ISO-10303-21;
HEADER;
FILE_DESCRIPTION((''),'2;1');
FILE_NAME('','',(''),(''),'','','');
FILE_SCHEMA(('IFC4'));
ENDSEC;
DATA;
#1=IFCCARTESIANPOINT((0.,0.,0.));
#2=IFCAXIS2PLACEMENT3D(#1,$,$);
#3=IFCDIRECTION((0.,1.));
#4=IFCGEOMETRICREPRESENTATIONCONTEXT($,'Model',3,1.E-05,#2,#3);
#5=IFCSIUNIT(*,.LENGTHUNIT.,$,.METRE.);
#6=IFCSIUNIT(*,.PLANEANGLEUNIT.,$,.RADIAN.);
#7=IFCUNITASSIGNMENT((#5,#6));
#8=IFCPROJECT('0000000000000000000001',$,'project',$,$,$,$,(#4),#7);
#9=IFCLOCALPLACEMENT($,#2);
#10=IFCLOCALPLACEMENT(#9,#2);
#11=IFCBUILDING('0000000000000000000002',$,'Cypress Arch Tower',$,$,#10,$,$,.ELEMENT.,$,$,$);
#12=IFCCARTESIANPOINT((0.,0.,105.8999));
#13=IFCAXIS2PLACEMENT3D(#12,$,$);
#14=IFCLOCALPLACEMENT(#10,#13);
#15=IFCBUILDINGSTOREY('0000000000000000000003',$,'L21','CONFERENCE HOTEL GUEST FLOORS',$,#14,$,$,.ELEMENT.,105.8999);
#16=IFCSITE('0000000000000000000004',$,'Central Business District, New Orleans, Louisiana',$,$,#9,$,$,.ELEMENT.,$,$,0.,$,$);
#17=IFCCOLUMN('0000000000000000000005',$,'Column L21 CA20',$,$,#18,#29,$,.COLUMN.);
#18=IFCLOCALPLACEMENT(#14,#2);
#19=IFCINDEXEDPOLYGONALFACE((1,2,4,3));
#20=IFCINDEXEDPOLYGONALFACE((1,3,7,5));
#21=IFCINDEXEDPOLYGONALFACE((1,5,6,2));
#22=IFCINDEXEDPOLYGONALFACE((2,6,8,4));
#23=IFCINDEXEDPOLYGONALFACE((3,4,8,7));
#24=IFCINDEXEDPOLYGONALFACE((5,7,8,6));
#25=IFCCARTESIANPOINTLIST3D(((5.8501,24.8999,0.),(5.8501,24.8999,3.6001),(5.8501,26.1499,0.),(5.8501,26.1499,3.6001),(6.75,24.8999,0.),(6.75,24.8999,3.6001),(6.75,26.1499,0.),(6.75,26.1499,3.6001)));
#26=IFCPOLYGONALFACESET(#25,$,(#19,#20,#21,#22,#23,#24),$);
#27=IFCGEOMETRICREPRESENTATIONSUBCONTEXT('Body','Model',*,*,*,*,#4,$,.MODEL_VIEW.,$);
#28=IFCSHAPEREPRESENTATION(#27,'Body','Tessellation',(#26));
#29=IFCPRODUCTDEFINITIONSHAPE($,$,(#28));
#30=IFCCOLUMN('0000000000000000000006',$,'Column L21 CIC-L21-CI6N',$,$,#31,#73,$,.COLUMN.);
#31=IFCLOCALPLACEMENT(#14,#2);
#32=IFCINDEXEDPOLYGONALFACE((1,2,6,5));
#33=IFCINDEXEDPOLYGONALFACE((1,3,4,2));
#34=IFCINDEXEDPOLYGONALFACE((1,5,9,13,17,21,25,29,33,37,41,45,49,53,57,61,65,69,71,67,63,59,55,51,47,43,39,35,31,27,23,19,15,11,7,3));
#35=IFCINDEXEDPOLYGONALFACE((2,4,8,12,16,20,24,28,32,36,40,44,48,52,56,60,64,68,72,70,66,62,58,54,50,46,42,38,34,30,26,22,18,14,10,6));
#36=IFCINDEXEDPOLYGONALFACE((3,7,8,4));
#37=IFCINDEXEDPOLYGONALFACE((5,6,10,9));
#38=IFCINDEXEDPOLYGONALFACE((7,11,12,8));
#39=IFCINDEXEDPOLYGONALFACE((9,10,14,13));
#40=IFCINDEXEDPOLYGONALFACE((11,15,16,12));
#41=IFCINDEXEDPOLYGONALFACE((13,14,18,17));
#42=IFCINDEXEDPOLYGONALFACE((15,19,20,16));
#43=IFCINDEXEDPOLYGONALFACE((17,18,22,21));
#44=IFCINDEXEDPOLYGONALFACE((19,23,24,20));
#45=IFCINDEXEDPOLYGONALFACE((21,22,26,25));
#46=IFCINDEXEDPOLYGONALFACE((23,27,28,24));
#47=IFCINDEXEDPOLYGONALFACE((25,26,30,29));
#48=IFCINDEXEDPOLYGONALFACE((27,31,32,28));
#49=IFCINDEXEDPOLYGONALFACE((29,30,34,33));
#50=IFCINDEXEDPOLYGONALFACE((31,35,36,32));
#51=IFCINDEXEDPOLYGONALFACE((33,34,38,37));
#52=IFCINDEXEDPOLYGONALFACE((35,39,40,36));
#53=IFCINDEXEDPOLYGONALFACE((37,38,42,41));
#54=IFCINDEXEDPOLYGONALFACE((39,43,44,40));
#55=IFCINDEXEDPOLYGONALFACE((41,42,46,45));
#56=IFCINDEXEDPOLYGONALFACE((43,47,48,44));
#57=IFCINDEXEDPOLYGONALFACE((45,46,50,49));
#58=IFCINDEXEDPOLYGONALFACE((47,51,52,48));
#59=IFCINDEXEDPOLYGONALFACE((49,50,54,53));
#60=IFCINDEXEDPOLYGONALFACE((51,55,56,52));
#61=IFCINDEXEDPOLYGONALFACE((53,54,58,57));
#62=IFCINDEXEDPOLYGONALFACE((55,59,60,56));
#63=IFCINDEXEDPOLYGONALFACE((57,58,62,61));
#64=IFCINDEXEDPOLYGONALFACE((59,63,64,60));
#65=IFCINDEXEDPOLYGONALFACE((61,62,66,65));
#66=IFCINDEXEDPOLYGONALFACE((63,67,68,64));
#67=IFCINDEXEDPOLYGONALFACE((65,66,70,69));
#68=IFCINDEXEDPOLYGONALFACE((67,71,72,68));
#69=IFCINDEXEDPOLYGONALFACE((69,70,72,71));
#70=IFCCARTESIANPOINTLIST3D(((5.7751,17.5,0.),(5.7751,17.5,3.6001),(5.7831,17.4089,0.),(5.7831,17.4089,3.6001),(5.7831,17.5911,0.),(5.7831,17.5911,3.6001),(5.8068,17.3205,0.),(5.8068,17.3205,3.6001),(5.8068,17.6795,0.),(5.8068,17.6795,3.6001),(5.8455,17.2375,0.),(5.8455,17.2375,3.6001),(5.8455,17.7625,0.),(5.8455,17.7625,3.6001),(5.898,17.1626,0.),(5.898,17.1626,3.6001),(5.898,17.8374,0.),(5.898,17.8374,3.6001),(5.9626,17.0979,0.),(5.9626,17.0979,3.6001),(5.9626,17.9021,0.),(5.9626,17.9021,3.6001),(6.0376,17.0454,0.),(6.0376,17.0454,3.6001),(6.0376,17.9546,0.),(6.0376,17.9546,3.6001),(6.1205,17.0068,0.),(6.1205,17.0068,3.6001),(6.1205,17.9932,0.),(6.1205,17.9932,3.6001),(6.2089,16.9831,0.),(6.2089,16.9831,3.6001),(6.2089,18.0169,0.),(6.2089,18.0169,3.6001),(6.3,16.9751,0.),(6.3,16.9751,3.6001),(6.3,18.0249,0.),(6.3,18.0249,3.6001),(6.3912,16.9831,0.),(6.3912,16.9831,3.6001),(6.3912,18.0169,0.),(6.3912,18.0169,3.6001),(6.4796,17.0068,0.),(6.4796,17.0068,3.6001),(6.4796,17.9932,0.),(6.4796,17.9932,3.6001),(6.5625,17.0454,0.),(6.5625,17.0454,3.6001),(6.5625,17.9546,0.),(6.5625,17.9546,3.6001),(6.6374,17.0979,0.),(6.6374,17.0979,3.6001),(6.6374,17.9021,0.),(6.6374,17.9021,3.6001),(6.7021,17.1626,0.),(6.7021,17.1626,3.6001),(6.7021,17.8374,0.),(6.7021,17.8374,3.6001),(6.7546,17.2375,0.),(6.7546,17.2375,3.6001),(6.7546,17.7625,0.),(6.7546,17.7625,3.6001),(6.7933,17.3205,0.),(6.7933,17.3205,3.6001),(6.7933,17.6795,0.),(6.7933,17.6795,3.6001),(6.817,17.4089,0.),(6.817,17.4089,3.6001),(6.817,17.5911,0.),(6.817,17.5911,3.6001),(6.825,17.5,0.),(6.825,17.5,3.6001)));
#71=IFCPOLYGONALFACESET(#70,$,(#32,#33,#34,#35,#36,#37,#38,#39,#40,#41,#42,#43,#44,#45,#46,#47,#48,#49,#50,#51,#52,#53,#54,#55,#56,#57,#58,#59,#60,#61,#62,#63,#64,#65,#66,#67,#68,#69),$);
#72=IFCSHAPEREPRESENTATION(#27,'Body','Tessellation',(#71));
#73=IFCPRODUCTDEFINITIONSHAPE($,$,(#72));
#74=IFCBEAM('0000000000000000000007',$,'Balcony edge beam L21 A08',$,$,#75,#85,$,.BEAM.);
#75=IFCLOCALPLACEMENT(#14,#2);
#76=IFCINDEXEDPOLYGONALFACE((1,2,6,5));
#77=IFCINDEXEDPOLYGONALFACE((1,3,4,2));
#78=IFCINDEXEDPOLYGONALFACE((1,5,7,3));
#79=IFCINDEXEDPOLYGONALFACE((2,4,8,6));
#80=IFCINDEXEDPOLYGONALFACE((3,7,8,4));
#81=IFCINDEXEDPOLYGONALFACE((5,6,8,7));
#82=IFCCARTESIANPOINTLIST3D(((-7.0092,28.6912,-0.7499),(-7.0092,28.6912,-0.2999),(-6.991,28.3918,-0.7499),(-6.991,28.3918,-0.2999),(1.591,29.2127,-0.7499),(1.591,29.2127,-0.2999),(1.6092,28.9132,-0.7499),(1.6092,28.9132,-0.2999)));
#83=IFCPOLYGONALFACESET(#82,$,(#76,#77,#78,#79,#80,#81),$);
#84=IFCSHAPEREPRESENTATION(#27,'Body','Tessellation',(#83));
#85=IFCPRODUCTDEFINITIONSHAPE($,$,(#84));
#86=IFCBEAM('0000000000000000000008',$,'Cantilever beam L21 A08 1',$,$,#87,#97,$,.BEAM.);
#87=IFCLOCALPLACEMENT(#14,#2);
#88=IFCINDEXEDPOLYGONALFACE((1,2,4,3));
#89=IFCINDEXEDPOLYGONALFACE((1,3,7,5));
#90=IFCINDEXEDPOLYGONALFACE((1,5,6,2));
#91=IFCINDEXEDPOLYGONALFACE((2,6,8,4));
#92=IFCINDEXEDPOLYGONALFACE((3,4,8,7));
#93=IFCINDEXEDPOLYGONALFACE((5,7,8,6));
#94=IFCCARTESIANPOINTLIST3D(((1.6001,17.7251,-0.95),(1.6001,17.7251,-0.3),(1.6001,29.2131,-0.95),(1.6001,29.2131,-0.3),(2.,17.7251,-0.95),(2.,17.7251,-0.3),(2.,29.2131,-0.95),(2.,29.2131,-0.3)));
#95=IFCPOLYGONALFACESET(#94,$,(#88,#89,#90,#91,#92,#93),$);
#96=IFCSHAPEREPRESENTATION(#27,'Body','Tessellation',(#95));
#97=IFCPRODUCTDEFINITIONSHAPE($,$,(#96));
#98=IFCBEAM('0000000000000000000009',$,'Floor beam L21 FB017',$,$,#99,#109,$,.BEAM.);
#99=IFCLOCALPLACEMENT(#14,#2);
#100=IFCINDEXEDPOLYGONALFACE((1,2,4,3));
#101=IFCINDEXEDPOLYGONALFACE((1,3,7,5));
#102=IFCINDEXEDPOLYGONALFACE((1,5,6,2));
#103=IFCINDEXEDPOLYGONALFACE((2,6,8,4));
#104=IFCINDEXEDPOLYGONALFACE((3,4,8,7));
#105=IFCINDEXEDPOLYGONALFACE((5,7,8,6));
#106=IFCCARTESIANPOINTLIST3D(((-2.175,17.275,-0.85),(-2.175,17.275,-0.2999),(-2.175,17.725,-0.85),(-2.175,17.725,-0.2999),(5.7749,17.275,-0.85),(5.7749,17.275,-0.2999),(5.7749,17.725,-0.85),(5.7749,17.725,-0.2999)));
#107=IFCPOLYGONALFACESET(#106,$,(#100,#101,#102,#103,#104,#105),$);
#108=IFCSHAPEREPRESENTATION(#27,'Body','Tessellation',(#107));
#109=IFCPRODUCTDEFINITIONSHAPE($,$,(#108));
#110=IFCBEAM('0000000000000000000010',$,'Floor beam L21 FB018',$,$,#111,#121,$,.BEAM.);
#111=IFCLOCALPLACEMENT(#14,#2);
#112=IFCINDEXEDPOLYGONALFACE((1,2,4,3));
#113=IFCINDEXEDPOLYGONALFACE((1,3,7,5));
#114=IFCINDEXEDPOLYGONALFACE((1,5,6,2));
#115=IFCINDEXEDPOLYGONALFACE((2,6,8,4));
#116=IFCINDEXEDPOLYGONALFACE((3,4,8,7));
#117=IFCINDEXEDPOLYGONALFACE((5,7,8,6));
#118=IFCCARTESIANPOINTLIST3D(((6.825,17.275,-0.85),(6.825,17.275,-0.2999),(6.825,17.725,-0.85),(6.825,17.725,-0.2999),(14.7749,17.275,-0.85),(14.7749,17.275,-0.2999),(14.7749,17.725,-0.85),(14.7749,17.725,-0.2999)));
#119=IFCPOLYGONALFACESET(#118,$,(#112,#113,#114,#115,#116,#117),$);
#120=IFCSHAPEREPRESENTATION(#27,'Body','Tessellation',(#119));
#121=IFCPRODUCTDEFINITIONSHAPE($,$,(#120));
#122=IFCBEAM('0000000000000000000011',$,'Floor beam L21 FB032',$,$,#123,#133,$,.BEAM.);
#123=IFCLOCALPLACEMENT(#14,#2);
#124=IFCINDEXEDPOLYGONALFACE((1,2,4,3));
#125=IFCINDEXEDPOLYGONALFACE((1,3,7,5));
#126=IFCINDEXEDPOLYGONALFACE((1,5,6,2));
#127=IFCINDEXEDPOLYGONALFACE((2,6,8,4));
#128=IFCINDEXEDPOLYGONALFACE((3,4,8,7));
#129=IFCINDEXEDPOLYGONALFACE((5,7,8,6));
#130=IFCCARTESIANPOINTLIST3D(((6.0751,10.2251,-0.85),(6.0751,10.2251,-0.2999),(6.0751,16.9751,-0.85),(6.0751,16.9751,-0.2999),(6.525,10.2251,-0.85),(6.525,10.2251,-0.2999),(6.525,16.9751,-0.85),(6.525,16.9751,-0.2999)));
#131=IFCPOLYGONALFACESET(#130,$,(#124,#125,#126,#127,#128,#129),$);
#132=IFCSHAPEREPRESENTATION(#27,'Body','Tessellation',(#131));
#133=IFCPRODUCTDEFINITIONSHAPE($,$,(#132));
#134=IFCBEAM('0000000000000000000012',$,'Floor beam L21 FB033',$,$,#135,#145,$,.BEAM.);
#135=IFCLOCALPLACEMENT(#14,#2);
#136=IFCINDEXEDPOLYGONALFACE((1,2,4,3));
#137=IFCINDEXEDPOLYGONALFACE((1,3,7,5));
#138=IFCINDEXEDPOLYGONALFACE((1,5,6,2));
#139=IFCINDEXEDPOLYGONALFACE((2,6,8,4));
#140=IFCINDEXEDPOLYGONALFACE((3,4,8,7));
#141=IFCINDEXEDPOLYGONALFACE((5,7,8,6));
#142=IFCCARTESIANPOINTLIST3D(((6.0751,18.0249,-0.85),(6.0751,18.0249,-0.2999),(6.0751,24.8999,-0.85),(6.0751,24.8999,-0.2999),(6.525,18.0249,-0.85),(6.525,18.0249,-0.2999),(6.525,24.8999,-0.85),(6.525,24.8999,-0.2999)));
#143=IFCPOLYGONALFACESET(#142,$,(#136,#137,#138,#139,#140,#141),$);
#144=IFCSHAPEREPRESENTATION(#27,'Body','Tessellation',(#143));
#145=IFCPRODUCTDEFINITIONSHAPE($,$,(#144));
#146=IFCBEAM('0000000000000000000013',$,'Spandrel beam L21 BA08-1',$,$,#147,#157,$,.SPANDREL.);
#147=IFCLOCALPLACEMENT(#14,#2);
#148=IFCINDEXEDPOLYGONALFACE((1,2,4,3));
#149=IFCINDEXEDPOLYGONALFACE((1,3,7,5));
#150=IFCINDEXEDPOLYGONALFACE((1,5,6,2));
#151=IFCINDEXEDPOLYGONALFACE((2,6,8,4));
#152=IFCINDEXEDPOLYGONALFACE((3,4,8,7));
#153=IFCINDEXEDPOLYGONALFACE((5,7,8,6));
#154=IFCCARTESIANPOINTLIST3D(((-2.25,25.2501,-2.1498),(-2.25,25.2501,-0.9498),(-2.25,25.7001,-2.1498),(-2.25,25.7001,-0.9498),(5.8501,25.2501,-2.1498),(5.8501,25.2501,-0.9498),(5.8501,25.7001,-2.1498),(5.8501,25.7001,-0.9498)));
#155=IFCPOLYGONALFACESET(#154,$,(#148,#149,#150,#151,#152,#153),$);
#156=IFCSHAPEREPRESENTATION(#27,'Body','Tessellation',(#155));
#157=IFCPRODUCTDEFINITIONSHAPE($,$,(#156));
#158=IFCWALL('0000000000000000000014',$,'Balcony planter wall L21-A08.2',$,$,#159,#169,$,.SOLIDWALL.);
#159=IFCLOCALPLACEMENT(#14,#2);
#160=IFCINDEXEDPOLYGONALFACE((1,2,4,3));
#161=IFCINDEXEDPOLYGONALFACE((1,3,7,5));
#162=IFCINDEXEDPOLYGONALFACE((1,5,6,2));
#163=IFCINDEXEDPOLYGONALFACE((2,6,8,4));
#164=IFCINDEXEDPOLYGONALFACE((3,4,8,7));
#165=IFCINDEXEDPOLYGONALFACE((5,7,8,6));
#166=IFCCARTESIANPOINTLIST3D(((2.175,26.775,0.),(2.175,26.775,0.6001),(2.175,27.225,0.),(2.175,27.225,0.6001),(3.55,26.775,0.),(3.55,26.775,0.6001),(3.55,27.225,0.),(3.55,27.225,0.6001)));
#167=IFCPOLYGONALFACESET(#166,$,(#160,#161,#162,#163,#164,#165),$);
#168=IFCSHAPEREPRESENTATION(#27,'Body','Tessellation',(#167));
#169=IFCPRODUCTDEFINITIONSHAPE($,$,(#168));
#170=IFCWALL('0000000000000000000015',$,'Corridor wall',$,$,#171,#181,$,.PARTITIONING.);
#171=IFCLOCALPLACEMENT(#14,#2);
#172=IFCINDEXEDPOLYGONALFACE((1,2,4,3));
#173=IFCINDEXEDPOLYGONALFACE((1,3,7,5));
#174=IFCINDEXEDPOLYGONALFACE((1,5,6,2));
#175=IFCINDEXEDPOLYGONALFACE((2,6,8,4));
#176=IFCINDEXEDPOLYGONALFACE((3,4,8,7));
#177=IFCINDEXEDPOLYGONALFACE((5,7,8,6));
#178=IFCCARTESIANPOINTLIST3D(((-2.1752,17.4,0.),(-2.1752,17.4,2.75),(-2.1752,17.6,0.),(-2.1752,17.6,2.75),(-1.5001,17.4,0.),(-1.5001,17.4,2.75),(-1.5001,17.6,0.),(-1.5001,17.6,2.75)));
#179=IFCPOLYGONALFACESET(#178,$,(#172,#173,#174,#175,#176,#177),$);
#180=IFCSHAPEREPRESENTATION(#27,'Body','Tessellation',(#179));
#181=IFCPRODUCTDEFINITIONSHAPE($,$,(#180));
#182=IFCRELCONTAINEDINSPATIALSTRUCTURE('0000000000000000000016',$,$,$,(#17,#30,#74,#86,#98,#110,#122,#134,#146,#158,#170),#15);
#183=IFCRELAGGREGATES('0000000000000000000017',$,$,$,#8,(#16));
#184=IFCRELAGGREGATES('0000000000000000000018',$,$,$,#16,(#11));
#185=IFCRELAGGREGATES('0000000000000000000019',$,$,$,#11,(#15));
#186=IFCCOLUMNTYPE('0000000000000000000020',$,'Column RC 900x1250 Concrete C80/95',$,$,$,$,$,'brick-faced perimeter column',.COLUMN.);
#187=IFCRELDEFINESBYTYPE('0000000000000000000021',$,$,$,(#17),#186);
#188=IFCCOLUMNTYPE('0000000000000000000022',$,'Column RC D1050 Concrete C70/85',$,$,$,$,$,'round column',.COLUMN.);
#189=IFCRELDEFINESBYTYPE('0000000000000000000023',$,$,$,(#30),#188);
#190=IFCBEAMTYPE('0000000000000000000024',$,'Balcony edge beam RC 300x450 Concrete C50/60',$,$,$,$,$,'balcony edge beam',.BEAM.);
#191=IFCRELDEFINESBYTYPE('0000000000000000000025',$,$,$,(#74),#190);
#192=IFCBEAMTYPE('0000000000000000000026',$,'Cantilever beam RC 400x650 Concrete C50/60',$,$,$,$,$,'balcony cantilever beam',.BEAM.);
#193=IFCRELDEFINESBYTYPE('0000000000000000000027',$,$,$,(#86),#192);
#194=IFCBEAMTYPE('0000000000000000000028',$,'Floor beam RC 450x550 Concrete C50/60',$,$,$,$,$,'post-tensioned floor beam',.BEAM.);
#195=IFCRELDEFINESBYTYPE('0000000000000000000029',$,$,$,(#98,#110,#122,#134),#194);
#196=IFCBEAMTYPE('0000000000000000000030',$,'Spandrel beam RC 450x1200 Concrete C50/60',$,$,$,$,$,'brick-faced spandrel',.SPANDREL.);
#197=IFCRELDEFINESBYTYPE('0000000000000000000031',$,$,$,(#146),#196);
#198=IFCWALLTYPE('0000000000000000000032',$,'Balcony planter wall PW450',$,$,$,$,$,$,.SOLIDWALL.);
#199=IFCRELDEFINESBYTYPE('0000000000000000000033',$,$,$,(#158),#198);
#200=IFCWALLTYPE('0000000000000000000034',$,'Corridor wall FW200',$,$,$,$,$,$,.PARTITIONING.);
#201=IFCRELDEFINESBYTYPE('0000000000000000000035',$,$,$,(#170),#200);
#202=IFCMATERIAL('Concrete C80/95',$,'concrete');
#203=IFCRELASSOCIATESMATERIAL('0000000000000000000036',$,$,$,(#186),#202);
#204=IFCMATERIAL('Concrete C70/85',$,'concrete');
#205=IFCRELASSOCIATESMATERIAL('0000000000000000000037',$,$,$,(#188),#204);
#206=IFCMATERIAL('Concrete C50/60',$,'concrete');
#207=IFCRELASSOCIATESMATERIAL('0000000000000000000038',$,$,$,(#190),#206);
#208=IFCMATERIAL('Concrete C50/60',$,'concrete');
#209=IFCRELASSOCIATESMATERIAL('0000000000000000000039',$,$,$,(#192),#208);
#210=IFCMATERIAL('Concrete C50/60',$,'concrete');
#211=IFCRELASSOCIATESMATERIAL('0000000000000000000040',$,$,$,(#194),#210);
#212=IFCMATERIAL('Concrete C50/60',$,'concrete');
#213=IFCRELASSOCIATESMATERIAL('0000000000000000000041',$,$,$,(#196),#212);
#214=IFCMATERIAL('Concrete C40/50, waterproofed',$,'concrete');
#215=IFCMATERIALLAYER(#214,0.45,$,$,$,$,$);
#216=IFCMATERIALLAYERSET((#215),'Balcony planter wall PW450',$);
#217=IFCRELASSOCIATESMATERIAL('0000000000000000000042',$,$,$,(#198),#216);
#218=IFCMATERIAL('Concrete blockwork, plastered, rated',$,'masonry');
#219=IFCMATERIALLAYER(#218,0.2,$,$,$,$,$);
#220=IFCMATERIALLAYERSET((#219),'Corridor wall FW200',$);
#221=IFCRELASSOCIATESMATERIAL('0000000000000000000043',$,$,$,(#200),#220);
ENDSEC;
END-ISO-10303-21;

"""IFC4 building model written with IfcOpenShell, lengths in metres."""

from ifc_helpers import new_model, si_unit, direction, frame, frame_2d, origin, origin_2d, place, context, subcontext, project, spatial, rectangle, circle, extrude, material, layer, layer_set, material_profile, profile_set, type_object, element, save


model = new_model("IFC4")

# Units and contexts
model_context = context("Model", 3, precision=1e-05, world=origin(), true_north=direction((0.0, 1.0)))
body_context = subcontext(model_context, "Body", "Model", "MODEL_VIEW")
ifc_project = project(units=[si_unit("LENGTHUNIT", "METRE"), si_unit("PLANEANGLEUNIT", "RADIAN")], contexts=[model_context])

# Site, building, storey
site_placement = place(None, origin())
site = spatial("IfcSite", under=ifc_project, at=site_placement, Name="Central Business District, New Orleans, Louisiana", CompositionType="ELEMENT", RefElevation=0.0)
building_placement = place(site_placement, origin())
building = spatial("IfcBuilding", under=site, at=building_placement, Name="Cypress Arch Tower", CompositionType="ELEMENT")
storey_placement = place(building_placement, frame((0.0, 0.0, 105.8999)))
storey = spatial("IfcBuildingStorey", under=building, at=storey_placement, Name="L21", Description="CONFERENCE HOTEL GUEST FLOORS", CompositionType="ELEMENT", Elevation=105.8999)

# Columns
ifc_material_1 = material(Name="Concrete C80/95", Category="concrete")
ifc_material_profile_1 = material_profile(ifc_material_1, rectangle(XDim=0.8999, YDim=1.25, at=origin_2d()), Name="RC 900x1250")
ifc_profile_set_1 = profile_set([ifc_material_profile_1], Name="Concrete C80/95")
column_type_1 = type_object("IfcColumnType", Name="Column RC 900x1250 Concrete C80/95", ElementType="brick-faced perimeter column", PredefinedType="COLUMN", material=ifc_profile_set_1)
column_1_placement = place(storey_placement, frame((6.3, 25.5249, 0.0), z_axis=(0.0, 0.0, 1.0), x_axis=(-1.0, 0.0, 0.0)))
element("IfcColumn", 1, at=column_1_placement, inside=storey, type_object=column_type_1, Name="Column L21 CA20", PredefinedType="COLUMN", context=body_context, shape_type="SweptSolid", body=[
    extrude(rectangle(XDim=0.8999, YDim=1.25, at=origin_2d()), origin(), (0.0, 0.0, 1.0), 3.6001),
])
ifc_material_2 = material(Name="Concrete C70/85", Category="concrete")
ifc_material_profile_2 = material_profile(ifc_material_2, circle(Radius=0.5249, at=origin_2d()), Name="RC D1050")
ifc_profile_set_2 = profile_set([ifc_material_profile_2], Name="Concrete C70/85")
column_type_2 = type_object("IfcColumnType", Name="Column RC D1050 Concrete C70/85", ElementType="round column", PredefinedType="COLUMN", material=ifc_profile_set_2)
column_2_placement = place(storey_placement, frame((6.3, 17.5, 0.0), z_axis=(0.0, 0.0, 1.0), x_axis=(1.0, 0.0, 0.0)))
element("IfcColumn", 2, at=column_2_placement, inside=storey, type_object=column_type_2, Name="Column L21 CIC-L21-CI6N", PredefinedType="COLUMN", context=body_context, shape_type="SweptSolid", body=[
    extrude(circle(Radius=0.5249, at=origin_2d()), origin(), (0.0, 0.0, 1.0), 3.6001),
])

# Beams
ifc_material_3 = material(Name="Concrete C50/60", Category="concrete")
ifc_material_profile_3 = material_profile(ifc_material_3, rectangle(XDim=0.3, YDim=0.45, at=origin_2d()), Name="RC 300x450")
ifc_profile_set_3 = profile_set([ifc_material_profile_3], Name="Concrete C50/60")
beam_type_1 = type_object("IfcBeamType", Name="Balcony edge beam RC 300x450 Concrete C50/60", ElementType="balcony edge beam", PredefinedType="BEAM", material=ifc_profile_set_3)
beam_1_placement = place(storey_placement, frame((1.6001, 29.063, -0.5249), z_axis=(-0.998167, -0.060526, 0.0), x_axis=(0.060526, -0.998167, 0.0)))
element("IfcBeam", 3, at=beam_1_placement, inside=storey, type_object=beam_type_1, Name="Balcony edge beam L21 A08", PredefinedType="BEAM", context=body_context, shape_type="SweptSolid", body=[
    extrude(rectangle(XDim=0.3, YDim=0.45, at=origin_2d()), origin(), (0.0, 0.0, 1.0), 8.616),
])
ifc_material_4 = material(Name="Concrete C50/60", Category="concrete")
ifc_material_profile_4 = material_profile(ifc_material_4, rectangle(XDim=0.3999, YDim=0.6499, at=origin_2d()), Name="RC 400x650")
ifc_profile_set_4 = profile_set([ifc_material_profile_4], Name="Concrete C50/60")
beam_type_2 = type_object("IfcBeamType", Name="Cantilever beam RC 400x650 Concrete C50/60", ElementType="balcony cantilever beam", PredefinedType="BEAM", material=ifc_profile_set_4)
beam_2_placement = place(storey_placement, frame((1.8, 17.7251, -0.625), z_axis=(0.0, 1.0, 0.0), x_axis=(-1.0, 0.0, 0.0)))
element("IfcBeam", 4, at=beam_2_placement, inside=storey, type_object=beam_type_2, Name="Cantilever beam L21 A08 1", PredefinedType="BEAM", context=body_context, shape_type="SweptSolid", body=[
    extrude(rectangle(XDim=0.3999, YDim=0.6499, at=origin_2d()), origin(), (0.0, 0.0, 1.0), 11.488),
])
ifc_material_5 = material(Name="Concrete C50/60", Category="concrete")
ifc_material_profile_5 = material_profile(ifc_material_5, rectangle(XDim=0.45, YDim=0.55, at=origin_2d()), Name="RC 450x550")
ifc_profile_set_5 = profile_set([ifc_material_profile_5], Name="Concrete C50/60")
beam_type_3 = type_object("IfcBeamType", Name="Floor beam RC 450x550 Concrete C50/60", ElementType="post-tensioned floor beam", PredefinedType="BEAM", material=ifc_profile_set_5)
for number, where, z_axis, x_axis, name in (
    (5, (-2.175, 17.5, -0.575), (1.0, 0.0, 0.0), (0.0, 1.0, 0.0), "Floor beam L21 FB017"),
    (6, (6.825, 17.5, -0.575), (1.0, 0.0, 0.0), (0.0, 1.0, 0.0), "Floor beam L21 FB018"),
):
    element("IfcBeam", number, at=place(storey_placement, frame(where, z_axis=z_axis, x_axis=x_axis)), inside=storey, type_object=beam_type_3, Name=name, PredefinedType="BEAM", context=body_context, shape_type="SweptSolid", body=[
        extrude(rectangle(XDim=0.45, YDim=0.55, at=origin_2d()), origin(), (0.0, 0.0, 1.0), 7.95),
    ])
beam_3_placement = place(storey_placement, frame((6.3, 10.2251, -0.575), z_axis=(0.0, 1.0, 0.0), x_axis=(-1.0, 0.0, 0.0)))
element("IfcBeam", 7, at=beam_3_placement, inside=storey, type_object=beam_type_3, Name="Floor beam L21 FB032", PredefinedType="BEAM", context=body_context, shape_type="SweptSolid", body=[
    extrude(rectangle(XDim=0.45, YDim=0.55, at=origin_2d()), origin(), (0.0, 0.0, 1.0), 6.75),
])
beam_4_placement = place(storey_placement, frame((6.3, 18.0249, -0.575), z_axis=(0.0, 1.0, 0.0), x_axis=(-1.0, 0.0, 0.0)))
element("IfcBeam", 8, at=beam_4_placement, inside=storey, type_object=beam_type_3, Name="Floor beam L21 FB033", PredefinedType="BEAM", context=body_context, shape_type="SweptSolid", body=[
    extrude(rectangle(XDim=0.45, YDim=0.55, at=origin_2d()), origin(), (0.0, 0.0, 1.0), 6.875),
])
ifc_material_6 = material(Name="Concrete C50/60", Category="concrete")
ifc_material_profile_6 = material_profile(ifc_material_6, rectangle(XDim=0.45, YDim=1.2, at=origin_2d()), Name="RC 450x1200")
ifc_profile_set_6 = profile_set([ifc_material_profile_6], Name="Concrete C50/60")
beam_type_4 = type_object("IfcBeamType", Name="Spandrel beam RC 450x1200 Concrete C50/60", ElementType="brick-faced spandrel", PredefinedType="SPANDREL", material=ifc_profile_set_6)
beam_5_placement = place(storey_placement, frame((5.8501, 25.4751, -1.5498), z_axis=(-1.0, 0.0, 0.0), x_axis=(0.0, -1.0, 0.0)))
element("IfcBeam", 9, at=beam_5_placement, inside=storey, type_object=beam_type_4, Name="Spandrel beam L21 BA08-1", PredefinedType="SPANDREL", context=body_context, shape_type="SweptSolid", body=[
    extrude(rectangle(XDim=0.45, YDim=1.2, at=origin_2d()), origin(), (0.0, 0.0, 1.0), 8.1001),
])

# Wall
ifc_material_7 = material(Name="Concrete C40/50, waterproofed", Category="concrete")
ifc_layer_1 = layer(ifc_material_7, 0.45)
ifc_layer_set_1 = layer_set([ifc_layer_1], Name="Balcony planter wall PW450")
wall_type_1 = type_object("IfcWallType", Name="Balcony planter wall PW450", PredefinedType="SOLIDWALL", material=ifc_layer_set_1)
wall_1_placement = place(storey_placement, frame((3.55, 27.0, 0.0), z_axis=(0.0, 0.0, 1.0), x_axis=(-1.0, 0.0, 0.0)))
element("IfcWall", 10, at=wall_1_placement, inside=storey, type_object=wall_type_1, Name="Balcony planter wall L21-A08.2", PredefinedType="SOLIDWALL", context=body_context, shape_type="SweptSolid", body=[
    extrude(rectangle(XDim=1.375, YDim=0.45, at=frame_2d((0.6875, 0.0))), origin(), (0.0, 0.0, 1.0), 0.6001),
])

# Wall
ifc_material_8 = material(Name="Concrete blockwork, plastered, rated", Category="masonry")
ifc_layer_2 = layer(ifc_material_8, 0.2)
ifc_layer_set_2 = layer_set([ifc_layer_2], Name="Corridor wall FW200")
wall_type_2 = type_object("IfcWallType", Name="Corridor wall FW200", PredefinedType="PARTITIONING", material=ifc_layer_set_2)
wall_2_placement = place(storey_placement, frame((-2.175, 17.5, 0.0), z_axis=(0.0, 0.0, 1.0), x_axis=(1.0, 0.0, 0.0)))
element("IfcWall", 11, at=wall_2_placement, inside=storey, type_object=wall_type_2, Name="Corridor wall", PredefinedType="PARTITIONING", context=body_context, shape_type="SweptSolid", body=[
    extrude(rectangle(XDim=0.675, YDim=0.2, at=frame_2d((0.3374, 0.0))), origin(), (0.0, 0.0, 1.0), 2.75),
])

save(model, "model.ifc")
